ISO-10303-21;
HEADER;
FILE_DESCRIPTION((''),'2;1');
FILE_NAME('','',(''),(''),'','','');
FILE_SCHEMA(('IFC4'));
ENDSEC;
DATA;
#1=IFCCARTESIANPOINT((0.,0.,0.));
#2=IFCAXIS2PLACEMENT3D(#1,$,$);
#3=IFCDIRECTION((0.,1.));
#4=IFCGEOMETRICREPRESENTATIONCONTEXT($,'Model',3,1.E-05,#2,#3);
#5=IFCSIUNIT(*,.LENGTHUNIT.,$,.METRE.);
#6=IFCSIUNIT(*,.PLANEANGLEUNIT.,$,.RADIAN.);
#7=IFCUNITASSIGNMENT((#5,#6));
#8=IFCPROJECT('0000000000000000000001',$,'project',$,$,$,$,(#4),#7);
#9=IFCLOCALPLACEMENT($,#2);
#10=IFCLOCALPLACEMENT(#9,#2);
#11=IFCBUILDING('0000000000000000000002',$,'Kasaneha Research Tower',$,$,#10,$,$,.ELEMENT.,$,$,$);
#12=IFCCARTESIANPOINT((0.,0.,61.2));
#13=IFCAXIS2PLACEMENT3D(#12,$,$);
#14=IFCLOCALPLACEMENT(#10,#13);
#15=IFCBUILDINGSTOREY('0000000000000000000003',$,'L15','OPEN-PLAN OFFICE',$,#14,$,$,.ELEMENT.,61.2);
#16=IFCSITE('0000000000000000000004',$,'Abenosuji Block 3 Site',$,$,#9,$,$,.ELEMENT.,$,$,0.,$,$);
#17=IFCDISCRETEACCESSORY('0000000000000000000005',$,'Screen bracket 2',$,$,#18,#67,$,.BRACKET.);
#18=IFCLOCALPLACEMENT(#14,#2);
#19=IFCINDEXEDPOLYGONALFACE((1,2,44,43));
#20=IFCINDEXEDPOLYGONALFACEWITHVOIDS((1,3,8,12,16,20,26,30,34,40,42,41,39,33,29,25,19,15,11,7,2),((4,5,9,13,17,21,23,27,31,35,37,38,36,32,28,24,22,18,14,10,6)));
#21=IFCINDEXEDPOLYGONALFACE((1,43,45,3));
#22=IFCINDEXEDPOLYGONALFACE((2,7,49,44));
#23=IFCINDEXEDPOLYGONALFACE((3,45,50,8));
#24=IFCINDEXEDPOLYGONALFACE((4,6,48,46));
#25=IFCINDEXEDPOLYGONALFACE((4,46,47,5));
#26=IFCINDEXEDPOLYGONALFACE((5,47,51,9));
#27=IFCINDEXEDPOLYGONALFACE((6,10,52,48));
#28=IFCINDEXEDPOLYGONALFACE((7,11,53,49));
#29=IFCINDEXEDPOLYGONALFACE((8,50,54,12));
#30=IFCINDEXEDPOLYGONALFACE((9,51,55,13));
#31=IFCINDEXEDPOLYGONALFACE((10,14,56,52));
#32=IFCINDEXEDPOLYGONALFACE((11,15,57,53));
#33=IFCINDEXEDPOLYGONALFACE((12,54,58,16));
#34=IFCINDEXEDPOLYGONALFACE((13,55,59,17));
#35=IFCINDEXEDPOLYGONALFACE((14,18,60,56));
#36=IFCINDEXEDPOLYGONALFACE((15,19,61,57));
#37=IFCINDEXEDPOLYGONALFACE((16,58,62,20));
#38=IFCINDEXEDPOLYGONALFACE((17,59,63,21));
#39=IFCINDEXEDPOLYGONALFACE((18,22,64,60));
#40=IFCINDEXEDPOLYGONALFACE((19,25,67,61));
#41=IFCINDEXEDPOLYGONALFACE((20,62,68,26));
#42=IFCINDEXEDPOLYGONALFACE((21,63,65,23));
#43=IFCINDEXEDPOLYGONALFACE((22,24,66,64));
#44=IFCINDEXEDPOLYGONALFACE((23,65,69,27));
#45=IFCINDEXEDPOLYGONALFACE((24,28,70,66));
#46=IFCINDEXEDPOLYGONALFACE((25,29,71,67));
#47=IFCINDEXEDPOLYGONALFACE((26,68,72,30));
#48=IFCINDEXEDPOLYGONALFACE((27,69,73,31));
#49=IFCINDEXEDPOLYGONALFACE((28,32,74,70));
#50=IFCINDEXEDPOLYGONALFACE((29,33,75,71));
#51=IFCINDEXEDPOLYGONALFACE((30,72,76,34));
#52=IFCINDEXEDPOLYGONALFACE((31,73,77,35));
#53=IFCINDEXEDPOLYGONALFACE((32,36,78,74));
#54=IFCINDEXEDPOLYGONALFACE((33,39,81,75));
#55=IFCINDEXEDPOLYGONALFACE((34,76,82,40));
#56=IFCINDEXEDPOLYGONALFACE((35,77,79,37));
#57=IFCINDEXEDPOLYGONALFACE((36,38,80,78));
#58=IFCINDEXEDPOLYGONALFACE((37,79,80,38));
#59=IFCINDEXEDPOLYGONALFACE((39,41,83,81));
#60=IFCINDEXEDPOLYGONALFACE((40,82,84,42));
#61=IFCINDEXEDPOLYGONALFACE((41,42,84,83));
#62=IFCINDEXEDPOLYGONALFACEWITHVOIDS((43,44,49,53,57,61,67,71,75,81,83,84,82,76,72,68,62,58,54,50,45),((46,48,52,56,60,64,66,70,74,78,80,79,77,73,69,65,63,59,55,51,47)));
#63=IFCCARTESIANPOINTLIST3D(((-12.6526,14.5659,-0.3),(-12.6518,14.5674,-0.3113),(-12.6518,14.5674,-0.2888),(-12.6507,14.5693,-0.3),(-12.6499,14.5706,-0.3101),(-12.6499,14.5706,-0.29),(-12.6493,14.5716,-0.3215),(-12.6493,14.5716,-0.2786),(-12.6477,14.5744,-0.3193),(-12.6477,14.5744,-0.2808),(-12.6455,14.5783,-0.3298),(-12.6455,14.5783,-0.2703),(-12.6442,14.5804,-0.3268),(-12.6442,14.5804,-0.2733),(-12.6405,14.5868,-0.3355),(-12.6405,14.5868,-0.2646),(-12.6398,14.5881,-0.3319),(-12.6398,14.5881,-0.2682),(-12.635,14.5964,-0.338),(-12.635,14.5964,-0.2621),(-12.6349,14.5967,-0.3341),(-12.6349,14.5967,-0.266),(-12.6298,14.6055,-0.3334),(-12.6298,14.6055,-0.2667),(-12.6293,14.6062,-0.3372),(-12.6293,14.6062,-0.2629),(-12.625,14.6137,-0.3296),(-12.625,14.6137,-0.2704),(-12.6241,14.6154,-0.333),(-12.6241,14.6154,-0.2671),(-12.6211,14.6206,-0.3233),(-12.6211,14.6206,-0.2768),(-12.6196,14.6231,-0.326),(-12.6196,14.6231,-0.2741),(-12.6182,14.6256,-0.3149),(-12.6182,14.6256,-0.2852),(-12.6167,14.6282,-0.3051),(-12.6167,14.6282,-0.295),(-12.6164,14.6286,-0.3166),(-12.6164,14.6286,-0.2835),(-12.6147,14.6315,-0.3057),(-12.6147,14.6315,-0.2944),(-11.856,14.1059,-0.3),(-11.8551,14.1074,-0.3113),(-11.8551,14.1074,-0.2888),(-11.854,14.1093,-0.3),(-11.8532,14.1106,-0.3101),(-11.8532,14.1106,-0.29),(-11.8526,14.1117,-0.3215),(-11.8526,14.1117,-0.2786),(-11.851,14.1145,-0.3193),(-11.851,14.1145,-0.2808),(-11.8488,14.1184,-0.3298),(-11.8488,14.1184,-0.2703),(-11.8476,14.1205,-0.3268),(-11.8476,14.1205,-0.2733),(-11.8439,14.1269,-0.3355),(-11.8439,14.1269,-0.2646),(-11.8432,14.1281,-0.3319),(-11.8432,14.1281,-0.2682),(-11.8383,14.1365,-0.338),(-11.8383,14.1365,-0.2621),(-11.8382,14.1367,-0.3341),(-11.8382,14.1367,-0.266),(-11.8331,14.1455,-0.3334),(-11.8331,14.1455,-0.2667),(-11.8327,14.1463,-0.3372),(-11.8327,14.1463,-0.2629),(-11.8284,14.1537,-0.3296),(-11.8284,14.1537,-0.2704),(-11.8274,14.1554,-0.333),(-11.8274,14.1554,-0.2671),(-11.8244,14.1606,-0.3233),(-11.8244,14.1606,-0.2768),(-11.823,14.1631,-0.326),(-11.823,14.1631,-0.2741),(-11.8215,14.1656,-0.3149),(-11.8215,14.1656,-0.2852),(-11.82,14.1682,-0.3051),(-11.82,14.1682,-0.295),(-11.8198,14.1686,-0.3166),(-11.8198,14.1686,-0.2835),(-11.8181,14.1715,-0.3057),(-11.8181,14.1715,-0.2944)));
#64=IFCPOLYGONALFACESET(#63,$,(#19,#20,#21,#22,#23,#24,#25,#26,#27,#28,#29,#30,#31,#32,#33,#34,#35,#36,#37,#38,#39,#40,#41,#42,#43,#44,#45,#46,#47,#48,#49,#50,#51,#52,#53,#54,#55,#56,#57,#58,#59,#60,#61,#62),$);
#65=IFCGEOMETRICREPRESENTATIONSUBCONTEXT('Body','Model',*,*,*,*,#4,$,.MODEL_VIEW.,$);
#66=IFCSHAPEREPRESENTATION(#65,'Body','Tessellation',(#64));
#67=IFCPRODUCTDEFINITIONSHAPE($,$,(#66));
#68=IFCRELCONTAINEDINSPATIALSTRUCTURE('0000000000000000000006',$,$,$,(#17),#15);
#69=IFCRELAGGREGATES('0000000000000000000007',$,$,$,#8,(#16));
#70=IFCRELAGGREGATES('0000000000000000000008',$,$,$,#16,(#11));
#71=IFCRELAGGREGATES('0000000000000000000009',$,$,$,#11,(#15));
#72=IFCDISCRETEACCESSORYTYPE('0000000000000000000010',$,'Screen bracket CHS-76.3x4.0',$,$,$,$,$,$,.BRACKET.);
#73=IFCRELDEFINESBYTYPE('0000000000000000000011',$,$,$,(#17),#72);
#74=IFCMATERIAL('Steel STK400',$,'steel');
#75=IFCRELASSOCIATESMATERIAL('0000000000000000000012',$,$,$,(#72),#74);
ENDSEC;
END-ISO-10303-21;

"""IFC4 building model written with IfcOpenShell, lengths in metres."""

from ifc_helpers import new_model, si_unit, direction, frame, origin, origin_2d, place, context, subcontext, project, spatial, hollow_circle, extrude, material, material_profile, profile_set, type_object, element, save


model = new_model("IFC4")

# Units and contexts
model_context = context("Model", 3, precision=1e-05, world=origin(), true_north=direction((0.0, 1.0)))
body_context = subcontext(model_context, "Body", "Model", "MODEL_VIEW")
ifc_project = project(units=[si_unit("LENGTHUNIT", "METRE"), si_unit("PLANEANGLEUNIT", "RADIAN")], contexts=[model_context])

# Site, building, storey
site_placement = place(None, origin())
site = spatial("IfcSite", under=ifc_project, at=site_placement, Name="Abenosuji Block 3 Site", CompositionType="ELEMENT", RefElevation=0.0)
building_placement = place(site_placement, origin())
building = spatial("IfcBuilding", under=site, at=building_placement, Name="Kasaneha Research Tower", CompositionType="ELEMENT")
storey_placement = place(building_placement, frame((0.0, 0.0, 61.2)))
storey = spatial("IfcBuildingStorey", under=building, at=storey_placement, Name="L15", Description="OPEN-PLAN OFFICE", CompositionType="ELEMENT", Elevation=61.2)

# Discrete accessory
ifc_material_1 = material(Name="Steel STK400", Category="steel")
ifc_material_profile_1 = material_profile(ifc_material_1, hollow_circle(Radius=0.0381, WallThickness=0.0039, at=origin_2d()), Name="CHS-76.3x4.0")
ifc_profile_set_1 = profile_set([ifc_material_profile_1], Name="Steel STK400")
discrete_accessory_type = type_object("IfcDiscreteAccessoryType", Name="Screen bracket CHS-76.3x4.0", PredefinedType="BRACKET", material=ifc_profile_set_1)
discrete_accessory_1_placement = place(storey_placement, frame((-11.8369, 14.1389, -0.3), z_axis=(-0.866013, 0.500021, 0.0), x_axis=(-0.500021, -0.866013, 0.0)))
element("IfcDiscreteAccessory", 1, at=discrete_accessory_1_placement, inside=storey, type_object=discrete_accessory_type, Name="Screen bracket 2", PredefinedType="BRACKET", context=body_context, shape_type="SweptSolid", body=[
    extrude(hollow_circle(Radius=0.0381, WallThickness=0.0039, at=origin_2d()), origin(), (0.0, 0.0, 1.0), 0.9199),
])

save(model, "model.ifc")
